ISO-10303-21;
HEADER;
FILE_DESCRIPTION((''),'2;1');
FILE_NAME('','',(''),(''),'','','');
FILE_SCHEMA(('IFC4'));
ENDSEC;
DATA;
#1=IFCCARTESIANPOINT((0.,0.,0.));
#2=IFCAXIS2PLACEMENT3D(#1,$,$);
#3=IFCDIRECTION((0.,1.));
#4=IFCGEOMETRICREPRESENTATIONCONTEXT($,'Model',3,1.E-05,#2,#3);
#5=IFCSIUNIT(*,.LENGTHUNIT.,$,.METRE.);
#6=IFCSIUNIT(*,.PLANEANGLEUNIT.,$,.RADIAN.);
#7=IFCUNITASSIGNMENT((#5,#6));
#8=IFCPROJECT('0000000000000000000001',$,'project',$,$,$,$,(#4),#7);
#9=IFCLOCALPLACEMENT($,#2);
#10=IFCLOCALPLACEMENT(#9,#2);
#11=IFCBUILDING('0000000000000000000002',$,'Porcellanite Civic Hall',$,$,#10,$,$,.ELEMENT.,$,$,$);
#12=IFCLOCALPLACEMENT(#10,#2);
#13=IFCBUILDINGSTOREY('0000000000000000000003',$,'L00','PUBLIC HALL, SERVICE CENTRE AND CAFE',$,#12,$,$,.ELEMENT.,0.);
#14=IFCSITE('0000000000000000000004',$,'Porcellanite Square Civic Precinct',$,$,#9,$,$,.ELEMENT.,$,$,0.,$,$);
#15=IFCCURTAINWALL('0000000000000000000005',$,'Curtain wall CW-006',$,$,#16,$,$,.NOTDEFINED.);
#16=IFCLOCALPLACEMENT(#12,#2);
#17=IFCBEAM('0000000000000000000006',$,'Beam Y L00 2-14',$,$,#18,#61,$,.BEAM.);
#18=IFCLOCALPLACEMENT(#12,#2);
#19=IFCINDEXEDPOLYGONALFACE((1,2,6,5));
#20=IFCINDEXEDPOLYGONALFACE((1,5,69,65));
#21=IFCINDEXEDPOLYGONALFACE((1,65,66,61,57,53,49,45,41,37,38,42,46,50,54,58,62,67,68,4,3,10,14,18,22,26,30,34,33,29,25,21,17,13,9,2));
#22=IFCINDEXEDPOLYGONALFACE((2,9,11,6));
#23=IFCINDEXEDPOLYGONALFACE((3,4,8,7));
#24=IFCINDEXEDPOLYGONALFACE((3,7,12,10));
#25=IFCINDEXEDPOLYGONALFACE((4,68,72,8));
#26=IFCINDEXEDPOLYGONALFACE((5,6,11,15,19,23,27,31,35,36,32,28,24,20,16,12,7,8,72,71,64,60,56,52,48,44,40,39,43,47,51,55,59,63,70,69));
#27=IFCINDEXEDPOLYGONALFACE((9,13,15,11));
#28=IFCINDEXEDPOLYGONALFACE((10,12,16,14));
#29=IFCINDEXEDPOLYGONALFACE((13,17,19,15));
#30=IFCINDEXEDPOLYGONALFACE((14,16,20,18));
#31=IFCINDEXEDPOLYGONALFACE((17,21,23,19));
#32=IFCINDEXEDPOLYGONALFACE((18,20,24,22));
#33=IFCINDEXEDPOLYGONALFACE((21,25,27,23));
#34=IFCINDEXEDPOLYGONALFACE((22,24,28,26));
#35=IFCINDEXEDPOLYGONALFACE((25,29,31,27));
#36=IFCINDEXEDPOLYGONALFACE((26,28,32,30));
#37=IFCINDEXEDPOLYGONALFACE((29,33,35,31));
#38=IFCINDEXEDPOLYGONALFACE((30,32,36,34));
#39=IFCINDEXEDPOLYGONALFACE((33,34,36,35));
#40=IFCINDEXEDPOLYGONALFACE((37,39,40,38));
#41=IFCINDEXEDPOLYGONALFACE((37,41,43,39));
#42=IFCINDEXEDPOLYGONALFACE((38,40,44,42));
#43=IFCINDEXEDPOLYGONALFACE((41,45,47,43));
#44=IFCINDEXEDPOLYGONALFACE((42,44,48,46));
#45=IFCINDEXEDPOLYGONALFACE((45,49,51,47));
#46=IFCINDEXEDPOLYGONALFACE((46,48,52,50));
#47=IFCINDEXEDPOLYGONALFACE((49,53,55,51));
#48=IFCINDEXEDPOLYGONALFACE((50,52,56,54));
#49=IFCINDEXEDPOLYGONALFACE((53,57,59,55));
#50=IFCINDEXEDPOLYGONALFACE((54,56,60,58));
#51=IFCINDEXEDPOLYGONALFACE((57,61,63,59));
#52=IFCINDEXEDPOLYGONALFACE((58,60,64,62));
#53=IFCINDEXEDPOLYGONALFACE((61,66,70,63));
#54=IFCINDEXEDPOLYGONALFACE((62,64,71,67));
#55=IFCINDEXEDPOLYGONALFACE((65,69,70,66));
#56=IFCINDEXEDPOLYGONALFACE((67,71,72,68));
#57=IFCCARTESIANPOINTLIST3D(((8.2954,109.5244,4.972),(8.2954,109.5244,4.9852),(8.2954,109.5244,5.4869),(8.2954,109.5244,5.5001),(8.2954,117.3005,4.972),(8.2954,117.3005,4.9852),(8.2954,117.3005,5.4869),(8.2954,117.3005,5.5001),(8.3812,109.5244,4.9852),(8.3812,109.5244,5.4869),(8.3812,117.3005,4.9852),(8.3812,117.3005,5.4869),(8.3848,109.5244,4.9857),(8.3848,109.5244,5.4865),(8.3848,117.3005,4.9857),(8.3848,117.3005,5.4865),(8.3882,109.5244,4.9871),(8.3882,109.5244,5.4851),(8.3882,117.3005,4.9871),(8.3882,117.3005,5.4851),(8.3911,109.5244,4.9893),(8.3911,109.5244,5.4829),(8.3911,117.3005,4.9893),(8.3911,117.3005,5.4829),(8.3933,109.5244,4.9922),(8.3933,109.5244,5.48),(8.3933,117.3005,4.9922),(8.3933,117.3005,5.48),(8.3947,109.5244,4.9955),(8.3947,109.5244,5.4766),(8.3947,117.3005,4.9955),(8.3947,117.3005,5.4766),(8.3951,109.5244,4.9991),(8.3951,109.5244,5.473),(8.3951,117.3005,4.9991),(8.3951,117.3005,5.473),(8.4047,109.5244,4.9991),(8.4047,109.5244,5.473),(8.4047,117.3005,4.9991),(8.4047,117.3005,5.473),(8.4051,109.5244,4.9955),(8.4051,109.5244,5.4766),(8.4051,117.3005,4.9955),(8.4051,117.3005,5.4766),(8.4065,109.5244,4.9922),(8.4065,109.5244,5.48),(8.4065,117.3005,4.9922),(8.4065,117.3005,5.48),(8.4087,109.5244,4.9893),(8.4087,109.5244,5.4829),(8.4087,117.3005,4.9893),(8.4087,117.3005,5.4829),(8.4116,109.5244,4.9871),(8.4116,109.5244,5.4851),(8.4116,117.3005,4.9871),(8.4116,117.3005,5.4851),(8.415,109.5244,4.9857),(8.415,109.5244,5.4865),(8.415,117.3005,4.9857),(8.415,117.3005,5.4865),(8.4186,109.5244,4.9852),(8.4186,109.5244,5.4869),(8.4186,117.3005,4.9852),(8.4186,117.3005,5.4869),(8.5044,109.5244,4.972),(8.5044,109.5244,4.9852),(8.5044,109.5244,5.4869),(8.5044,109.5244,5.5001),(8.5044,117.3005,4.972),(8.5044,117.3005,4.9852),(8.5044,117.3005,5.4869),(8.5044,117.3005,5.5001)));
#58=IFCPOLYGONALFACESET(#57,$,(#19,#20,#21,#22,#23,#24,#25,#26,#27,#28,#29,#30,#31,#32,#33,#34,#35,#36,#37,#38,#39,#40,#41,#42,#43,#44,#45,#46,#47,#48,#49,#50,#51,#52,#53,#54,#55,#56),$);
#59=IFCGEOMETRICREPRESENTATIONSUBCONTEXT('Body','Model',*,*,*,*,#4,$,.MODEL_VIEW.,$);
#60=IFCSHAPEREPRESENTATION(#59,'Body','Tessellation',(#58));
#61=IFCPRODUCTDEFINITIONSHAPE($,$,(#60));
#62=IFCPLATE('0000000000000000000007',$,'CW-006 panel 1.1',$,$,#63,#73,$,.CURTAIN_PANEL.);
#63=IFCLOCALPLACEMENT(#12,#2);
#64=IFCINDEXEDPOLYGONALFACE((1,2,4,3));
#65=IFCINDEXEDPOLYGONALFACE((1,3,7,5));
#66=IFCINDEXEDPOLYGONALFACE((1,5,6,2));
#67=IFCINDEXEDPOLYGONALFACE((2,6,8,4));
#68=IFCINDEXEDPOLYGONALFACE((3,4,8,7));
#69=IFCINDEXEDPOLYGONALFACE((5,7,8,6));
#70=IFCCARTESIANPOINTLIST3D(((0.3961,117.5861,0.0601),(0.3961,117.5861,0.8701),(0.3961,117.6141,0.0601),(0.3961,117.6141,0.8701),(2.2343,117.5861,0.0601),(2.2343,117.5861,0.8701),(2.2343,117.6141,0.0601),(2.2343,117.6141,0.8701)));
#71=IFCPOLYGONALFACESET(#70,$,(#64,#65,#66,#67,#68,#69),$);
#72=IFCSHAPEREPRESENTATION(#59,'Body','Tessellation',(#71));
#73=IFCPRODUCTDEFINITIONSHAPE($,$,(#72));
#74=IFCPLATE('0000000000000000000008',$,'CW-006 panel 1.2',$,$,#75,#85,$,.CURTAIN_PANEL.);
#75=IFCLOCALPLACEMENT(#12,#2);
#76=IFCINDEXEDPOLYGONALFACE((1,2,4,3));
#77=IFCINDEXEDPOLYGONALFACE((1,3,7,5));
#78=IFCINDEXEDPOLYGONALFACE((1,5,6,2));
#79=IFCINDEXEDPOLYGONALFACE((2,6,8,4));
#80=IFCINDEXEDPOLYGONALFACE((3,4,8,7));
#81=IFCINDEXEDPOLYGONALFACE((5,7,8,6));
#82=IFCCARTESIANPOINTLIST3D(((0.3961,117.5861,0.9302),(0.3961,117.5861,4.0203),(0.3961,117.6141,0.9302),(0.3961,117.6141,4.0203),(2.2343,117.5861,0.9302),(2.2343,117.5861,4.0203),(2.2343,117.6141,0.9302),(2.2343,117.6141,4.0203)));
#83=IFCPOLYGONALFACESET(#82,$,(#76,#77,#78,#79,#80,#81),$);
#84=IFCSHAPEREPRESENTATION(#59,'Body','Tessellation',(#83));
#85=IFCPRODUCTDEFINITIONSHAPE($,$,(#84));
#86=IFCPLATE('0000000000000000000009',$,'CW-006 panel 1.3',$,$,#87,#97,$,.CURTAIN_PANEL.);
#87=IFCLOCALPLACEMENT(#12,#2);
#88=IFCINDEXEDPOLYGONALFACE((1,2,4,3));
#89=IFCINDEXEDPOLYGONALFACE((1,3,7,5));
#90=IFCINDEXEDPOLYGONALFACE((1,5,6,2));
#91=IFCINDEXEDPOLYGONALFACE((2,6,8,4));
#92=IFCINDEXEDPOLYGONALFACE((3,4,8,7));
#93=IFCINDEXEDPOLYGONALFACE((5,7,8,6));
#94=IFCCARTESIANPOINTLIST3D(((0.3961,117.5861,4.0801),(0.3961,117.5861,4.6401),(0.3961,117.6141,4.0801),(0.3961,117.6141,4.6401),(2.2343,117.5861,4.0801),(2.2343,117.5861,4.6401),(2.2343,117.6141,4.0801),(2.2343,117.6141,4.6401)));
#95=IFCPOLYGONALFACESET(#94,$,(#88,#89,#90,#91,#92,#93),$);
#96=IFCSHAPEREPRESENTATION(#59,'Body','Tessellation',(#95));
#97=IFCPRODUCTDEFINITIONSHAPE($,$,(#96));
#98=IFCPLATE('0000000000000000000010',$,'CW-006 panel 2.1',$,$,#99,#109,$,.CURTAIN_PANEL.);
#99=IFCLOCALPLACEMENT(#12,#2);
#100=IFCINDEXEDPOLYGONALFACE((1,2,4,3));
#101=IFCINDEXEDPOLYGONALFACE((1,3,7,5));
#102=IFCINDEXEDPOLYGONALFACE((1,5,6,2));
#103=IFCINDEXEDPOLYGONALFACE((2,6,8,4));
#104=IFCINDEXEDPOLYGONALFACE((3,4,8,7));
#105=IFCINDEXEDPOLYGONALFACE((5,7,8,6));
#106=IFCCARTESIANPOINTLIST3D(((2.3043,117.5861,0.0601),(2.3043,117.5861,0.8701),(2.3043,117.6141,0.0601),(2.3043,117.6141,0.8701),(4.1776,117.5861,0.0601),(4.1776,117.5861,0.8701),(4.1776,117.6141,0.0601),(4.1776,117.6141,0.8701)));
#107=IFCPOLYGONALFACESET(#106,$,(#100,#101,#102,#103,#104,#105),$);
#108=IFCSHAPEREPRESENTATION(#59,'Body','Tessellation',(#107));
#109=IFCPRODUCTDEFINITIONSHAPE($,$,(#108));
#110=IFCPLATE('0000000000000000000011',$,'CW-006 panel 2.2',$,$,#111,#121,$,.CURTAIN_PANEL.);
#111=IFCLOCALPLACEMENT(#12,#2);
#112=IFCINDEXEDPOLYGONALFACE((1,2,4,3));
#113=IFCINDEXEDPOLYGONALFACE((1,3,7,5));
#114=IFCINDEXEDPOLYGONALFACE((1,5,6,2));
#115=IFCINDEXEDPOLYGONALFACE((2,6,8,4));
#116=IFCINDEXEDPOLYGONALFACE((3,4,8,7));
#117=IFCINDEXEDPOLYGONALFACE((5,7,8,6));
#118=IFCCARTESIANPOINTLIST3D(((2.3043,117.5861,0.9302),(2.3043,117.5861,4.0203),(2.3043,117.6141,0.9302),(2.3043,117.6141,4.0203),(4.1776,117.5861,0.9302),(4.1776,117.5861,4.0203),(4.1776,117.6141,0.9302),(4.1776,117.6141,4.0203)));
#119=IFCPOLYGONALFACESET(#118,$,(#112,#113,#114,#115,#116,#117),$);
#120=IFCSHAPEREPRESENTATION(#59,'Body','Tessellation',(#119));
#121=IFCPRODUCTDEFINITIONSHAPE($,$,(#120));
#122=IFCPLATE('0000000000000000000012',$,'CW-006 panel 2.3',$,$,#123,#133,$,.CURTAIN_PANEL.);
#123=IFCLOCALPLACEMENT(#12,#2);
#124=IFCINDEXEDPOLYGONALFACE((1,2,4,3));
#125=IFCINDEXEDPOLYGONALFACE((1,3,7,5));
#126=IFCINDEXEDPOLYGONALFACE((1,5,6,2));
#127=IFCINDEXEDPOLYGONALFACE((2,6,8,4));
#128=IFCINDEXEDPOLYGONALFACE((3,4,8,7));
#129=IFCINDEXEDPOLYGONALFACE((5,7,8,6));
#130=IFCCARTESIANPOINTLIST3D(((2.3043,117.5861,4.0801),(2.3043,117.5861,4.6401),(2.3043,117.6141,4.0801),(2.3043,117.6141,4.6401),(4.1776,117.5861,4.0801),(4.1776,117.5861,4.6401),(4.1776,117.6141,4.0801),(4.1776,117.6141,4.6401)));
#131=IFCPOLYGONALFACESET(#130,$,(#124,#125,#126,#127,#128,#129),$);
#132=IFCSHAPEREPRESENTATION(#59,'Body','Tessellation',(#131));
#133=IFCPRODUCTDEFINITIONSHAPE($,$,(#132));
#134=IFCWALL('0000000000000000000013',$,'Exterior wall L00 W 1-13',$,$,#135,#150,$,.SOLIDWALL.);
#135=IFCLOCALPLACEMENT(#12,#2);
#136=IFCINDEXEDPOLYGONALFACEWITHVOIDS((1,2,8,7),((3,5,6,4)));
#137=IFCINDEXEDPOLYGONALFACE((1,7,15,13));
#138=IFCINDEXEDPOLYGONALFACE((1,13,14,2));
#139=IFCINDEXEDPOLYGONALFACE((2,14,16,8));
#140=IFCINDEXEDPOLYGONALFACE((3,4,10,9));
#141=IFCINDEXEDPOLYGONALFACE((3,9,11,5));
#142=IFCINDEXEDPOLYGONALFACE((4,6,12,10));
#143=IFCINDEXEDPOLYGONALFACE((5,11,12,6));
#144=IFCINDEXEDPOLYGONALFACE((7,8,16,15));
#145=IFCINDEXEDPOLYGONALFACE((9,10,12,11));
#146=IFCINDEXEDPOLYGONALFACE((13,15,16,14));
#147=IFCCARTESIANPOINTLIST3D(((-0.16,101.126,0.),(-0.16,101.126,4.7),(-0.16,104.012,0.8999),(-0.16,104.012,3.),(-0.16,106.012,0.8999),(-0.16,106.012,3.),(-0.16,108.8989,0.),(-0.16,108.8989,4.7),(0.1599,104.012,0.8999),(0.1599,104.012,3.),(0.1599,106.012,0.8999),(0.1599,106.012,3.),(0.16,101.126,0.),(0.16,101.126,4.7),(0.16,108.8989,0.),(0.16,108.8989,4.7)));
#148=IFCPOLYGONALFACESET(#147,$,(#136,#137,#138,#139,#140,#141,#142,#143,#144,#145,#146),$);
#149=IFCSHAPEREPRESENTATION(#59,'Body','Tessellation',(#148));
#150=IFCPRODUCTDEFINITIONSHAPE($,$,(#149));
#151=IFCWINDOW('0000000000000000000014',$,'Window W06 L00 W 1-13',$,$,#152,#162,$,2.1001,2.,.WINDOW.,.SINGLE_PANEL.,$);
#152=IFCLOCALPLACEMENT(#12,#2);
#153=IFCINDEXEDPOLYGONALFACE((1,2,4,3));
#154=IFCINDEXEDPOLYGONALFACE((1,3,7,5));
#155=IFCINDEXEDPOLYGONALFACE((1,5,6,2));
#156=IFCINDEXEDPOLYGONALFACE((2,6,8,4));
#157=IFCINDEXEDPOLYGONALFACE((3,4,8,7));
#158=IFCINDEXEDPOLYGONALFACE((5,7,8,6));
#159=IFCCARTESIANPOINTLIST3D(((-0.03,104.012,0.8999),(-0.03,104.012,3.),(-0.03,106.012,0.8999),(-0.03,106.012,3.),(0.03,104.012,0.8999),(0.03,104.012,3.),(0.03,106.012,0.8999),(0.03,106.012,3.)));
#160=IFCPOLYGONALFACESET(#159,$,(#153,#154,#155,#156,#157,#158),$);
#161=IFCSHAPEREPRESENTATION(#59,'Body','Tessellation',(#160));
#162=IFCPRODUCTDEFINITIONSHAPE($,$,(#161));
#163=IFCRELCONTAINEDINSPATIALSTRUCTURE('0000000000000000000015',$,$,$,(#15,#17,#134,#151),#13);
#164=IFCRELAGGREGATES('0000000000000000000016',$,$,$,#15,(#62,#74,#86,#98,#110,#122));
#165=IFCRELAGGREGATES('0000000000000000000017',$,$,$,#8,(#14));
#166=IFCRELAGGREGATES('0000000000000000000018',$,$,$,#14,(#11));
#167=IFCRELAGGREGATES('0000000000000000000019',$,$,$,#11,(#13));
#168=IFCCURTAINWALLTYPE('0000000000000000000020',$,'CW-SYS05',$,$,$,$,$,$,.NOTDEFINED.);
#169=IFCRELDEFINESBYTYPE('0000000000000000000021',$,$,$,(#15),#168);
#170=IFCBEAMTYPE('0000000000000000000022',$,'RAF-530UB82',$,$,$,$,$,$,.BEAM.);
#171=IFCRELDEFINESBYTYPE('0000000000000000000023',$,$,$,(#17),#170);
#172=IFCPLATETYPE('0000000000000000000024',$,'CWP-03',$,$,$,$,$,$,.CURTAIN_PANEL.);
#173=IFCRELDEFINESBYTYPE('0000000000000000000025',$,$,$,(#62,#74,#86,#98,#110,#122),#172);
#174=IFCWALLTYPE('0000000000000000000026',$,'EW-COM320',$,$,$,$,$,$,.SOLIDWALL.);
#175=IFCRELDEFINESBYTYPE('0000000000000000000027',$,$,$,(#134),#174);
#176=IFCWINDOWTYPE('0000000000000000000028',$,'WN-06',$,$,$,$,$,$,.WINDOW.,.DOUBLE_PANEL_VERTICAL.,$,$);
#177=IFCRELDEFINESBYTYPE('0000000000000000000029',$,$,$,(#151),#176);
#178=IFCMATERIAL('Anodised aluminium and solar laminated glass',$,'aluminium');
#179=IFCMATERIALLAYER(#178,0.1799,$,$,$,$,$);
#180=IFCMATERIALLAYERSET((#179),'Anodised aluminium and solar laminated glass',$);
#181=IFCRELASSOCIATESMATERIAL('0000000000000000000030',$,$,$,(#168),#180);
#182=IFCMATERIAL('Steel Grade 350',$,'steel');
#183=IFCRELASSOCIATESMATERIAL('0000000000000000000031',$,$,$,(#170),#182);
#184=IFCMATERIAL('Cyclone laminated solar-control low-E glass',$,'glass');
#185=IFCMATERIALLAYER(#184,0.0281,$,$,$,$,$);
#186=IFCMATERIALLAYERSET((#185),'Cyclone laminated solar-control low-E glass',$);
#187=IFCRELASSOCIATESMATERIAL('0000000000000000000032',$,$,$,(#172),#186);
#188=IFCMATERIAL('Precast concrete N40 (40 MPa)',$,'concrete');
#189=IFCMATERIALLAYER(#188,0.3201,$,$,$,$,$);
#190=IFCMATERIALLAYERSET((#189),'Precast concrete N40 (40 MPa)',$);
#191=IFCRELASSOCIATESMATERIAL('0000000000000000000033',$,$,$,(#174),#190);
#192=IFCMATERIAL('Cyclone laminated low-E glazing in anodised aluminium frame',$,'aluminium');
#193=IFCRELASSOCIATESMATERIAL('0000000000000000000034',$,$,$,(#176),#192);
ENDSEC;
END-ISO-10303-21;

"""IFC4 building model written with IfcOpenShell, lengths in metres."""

from ifc_helpers import new_model, si_unit, direction, frame, frame_2d, origin, origin_2d, place, context, subcontext, project, spatial, rectangle, i_section, extrude, material, layer, layer_set, material_profile, profile_set, type_object, element, fill, aggregate, save


model = new_model("IFC4")

# Units and contexts
model_context = context("Model", 3, precision=1e-05, world=origin(), true_north=direction((0.0, 1.0)))
body_context = subcontext(model_context, "Body", "Model", "MODEL_VIEW")
ifc_project = project(units=[si_unit("LENGTHUNIT", "METRE"), si_unit("PLANEANGLEUNIT", "RADIAN")], contexts=[model_context])

# Site, building, storey
site_placement = place(None, origin())
site = spatial("IfcSite", under=ifc_project, at=site_placement, Name="Porcellanite Square Civic Precinct", CompositionType="ELEMENT", RefElevation=0.0)
building_placement = place(site_placement, origin())
building = spatial("IfcBuilding", under=site, at=building_placement, Name="Porcellanite Civic Hall", CompositionType="ELEMENT")
storey_placement = place(building_placement, origin())
storey = spatial("IfcBuildingStorey", under=building, at=storey_placement, Name="L00", Description="PUBLIC HALL, SERVICE CENTRE AND CAFE", CompositionType="ELEMENT", Elevation=0.0)

# Curtain wall
ifc_material_1 = material(Name="Anodised aluminium and solar laminated glass", Category="aluminium")
ifc_layer_1 = layer(ifc_material_1, 0.1799)
ifc_layer_set_1 = layer_set([ifc_layer_1], Name="Anodised aluminium and solar laminated glass")
curtain_wall_type = type_object("IfcCurtainWallType", Name="CW-SYS05", PredefinedType="NOTDEFINED", material=ifc_layer_set_1)
curtain_wall_placement = place(storey_placement, origin())
curtain_wall = element("IfcCurtainWall", 1, at=curtain_wall_placement, inside=storey, type_object=curtain_wall_type, Name="Curtain wall CW-006", PredefinedType="NOTDEFINED")

# Beam
ifc_material_2 = material(Name="Steel Grade 350", Category="steel")
ifc_material_profile_1 = material_profile(ifc_material_2, i_section(OverallWidth=0.209, OverallDepth=0.5281, WebThickness=0.0095, FlangeThickness=0.0132, FilletRadius=0.0139, at=origin_2d()), Name="530UB82.0")
ifc_profile_set_1 = profile_set([ifc_material_profile_1], Name="Steel Grade 350")
beam_type_1 = type_object("IfcBeamType", Name="RAF-530UB82", PredefinedType="BEAM", material=ifc_profile_set_1)
beam_1_placement = place(storey_placement, frame((8.3999, 109.5244, 5.2361), z_axis=(0.0, 1.0, 0.0), x_axis=(-1.0, 0.0, 0.0)))
element("IfcBeam", 2, at=beam_1_placement, inside=storey, type_object=beam_type_1, Name="Beam Y L00 2-14", PredefinedType="BEAM", context=body_context, shape_type="SweptSolid", body=[
    extrude(i_section(OverallWidth=0.209, OverallDepth=0.5281, WebThickness=0.0095, FlangeThickness=0.0132, FilletRadius=0.0139, at=origin_2d()), origin(), (0.0, 0.0, 1.0), 7.7761),
])

# Plates
ifc_material_3 = material(Name="Cyclone laminated solar-control low-E glass", Category="glass")
ifc_layer_2 = layer(ifc_material_3, 0.0281)
ifc_layer_set_2 = layer_set([ifc_layer_2], Name="Cyclone laminated solar-control low-E glass")
plate_type = type_object("IfcPlateType", Name="CWP-03", PredefinedType="CURTAIN_PANEL", material=ifc_layer_set_2)
plate_1_placement = place(storey_placement, frame((1.3152, 117.6001, 0.0601), z_axis=(0.0, 0.0, 1.0), x_axis=(1.0, 0.0, 0.0)))
plate_1 = element("IfcPlate", 3, at=plate_1_placement, type_object=plate_type, Name="CW-006 panel 1.1", PredefinedType="CURTAIN_PANEL", context=body_context, shape_type="SweptSolid", body=[
    extrude(rectangle(XDim=1.8381, YDim=0.0281, at=origin_2d()), origin(), (0.0, 0.0, 1.0), 0.8101),
])
plate_2_placement = place(storey_placement, frame((1.3152, 117.6001, 0.9302), z_axis=(0.0, 0.0, 1.0), x_axis=(1.0, 0.0, 0.0)))
plate_2 = element("IfcPlate", 4, at=plate_2_placement, type_object=plate_type, Name="CW-006 panel 1.2", PredefinedType="CURTAIN_PANEL", context=body_context, shape_type="SweptSolid", body=[
    extrude(rectangle(XDim=1.8381, YDim=0.0281, at=origin_2d()), origin(), (0.0, 0.0, 1.0), 3.0901),
])
plate_3_placement = place(storey_placement, frame((1.3152, 117.6001, 4.0801), z_axis=(0.0, 0.0, 1.0), x_axis=(1.0, 0.0, 0.0)))
plate_3 = element("IfcPlate", 5, at=plate_3_placement, type_object=plate_type, Name="CW-006 panel 1.3", PredefinedType="CURTAIN_PANEL", context=body_context, shape_type="SweptSolid", body=[
    extrude(rectangle(XDim=1.8381, YDim=0.0281, at=origin_2d()), origin(), (0.0, 0.0, 1.0), 0.5601),
])
plate_4_placement = place(storey_placement, frame((3.241, 117.6001, 0.0601), z_axis=(0.0, 0.0, 1.0), x_axis=(1.0, 0.0, 0.0)))
plate_4 = element("IfcPlate", 6, at=plate_4_placement, type_object=plate_type, Name="CW-006 panel 2.1", PredefinedType="CURTAIN_PANEL", context=body_context, shape_type="SweptSolid", body=[
    extrude(rectangle(XDim=1.8733, YDim=0.0281, at=origin_2d()), origin(), (0.0, 0.0, 1.0), 0.8101),
])
plate_5_placement = place(storey_placement, frame((3.241, 117.6001, 0.9302), z_axis=(0.0, 0.0, 1.0), x_axis=(1.0, 0.0, 0.0)))
plate_5 = element("IfcPlate", 7, at=plate_5_placement, type_object=plate_type, Name="CW-006 panel 2.2", PredefinedType="CURTAIN_PANEL", context=body_context, shape_type="SweptSolid", body=[
    extrude(rectangle(XDim=1.8733, YDim=0.0281, at=origin_2d()), origin(), (0.0, 0.0, 1.0), 3.0901),
])
plate_6_placement = place(storey_placement, frame((3.241, 117.6001, 4.0801), z_axis=(0.0, 0.0, 1.0), x_axis=(1.0, 0.0, 0.0)))
plate_6 = element("IfcPlate", 8, at=plate_6_placement, type_object=plate_type, Name="CW-006 panel 2.3", PredefinedType="CURTAIN_PANEL", context=body_context, shape_type="SweptSolid", body=[
    extrude(rectangle(XDim=1.8733, YDim=0.0281, at=origin_2d()), origin(), (0.0, 0.0, 1.0), 0.5601),
])
aggregate(curtain_wall, [plate_1, plate_2, plate_3, plate_4, plate_5, plate_6])

# Wall, opening, window
ifc_material_4 = material(Name="Precast concrete N40 (40 MPa)", Category="concrete")
ifc_layer_3 = layer(ifc_material_4, 0.3201)
ifc_layer_set_3 = layer_set([ifc_layer_3], Name="Precast concrete N40 (40 MPa)")
wall_type = type_object("IfcWallType", Name="EW-COM320", PredefinedType="SOLIDWALL", material=ifc_layer_set_3)
wall_1_placement = place(storey_placement, frame((0.0, 101.126, 0.0), z_axis=(0.0, 0.0, 1.0), x_axis=(0.0, 1.0, 0.0)))
wall_1 = element("IfcWall", 9, at=wall_1_placement, inside=storey, type_object=wall_type, Name="Exterior wall L00 W 1-13", PredefinedType="SOLIDWALL", context=body_context, shape_type="SweptSolid", body=[
    extrude(rectangle(XDim=7.7729, YDim=0.3201, at=frame_2d((3.8865, 0.0))), origin(), (0.0, 0.0, 1.0), 4.7),
])
opening_1_placement = place(wall_1_placement, frame((2.886, 0.0, 0.8999)))
opening_1 = element("IfcOpeningElement", 10, at=opening_1_placement, cuts=wall_1, PredefinedType="OPENING", context=body_context, shape_type="SweptSolid", body=[
    extrude(rectangle(XDim=2.0, YDim=2.1001, at=frame_2d((1.0, 1.05))), frame((0.0, 0.1602, 0.0), z_axis=(0.0, -1.0, 0.0), x_axis=(1.0, 0.0, 0.0)), (0.0, 0.0, 1.0), 0.3201),
])
ifc_material_5 = material(Name="Cyclone laminated low-E glazing in anodised aluminium frame", Category="aluminium")
window_type = type_object("IfcWindowType", Name="WN-06", PartitioningType="DOUBLE_PANEL_VERTICAL", PredefinedType="WINDOW", material=ifc_material_5)
window_placement = place(opening_1_placement, origin())
window = element("IfcWindow", 11, at=window_placement, inside=storey, type_object=window_type, Name="Window W06 L00 W 1-13", OverallHeight=2.1001, OverallWidth=2.0, PartitioningType="SINGLE_PANEL", PredefinedType="WINDOW", context=body_context, shape_type="SweptSolid", body=[
    extrude(rectangle(XDim=2.0, YDim=2.1001, at=frame_2d((1.0, 1.05))), frame((0.0, 0.03, 0.0), z_axis=(0.0, -1.0, 0.0), x_axis=(1.0, 0.0, 0.0)), (0.0, 0.0, 1.0), 0.0601),
])
fill(opening_1, window)

save(model, "model.ifc")
